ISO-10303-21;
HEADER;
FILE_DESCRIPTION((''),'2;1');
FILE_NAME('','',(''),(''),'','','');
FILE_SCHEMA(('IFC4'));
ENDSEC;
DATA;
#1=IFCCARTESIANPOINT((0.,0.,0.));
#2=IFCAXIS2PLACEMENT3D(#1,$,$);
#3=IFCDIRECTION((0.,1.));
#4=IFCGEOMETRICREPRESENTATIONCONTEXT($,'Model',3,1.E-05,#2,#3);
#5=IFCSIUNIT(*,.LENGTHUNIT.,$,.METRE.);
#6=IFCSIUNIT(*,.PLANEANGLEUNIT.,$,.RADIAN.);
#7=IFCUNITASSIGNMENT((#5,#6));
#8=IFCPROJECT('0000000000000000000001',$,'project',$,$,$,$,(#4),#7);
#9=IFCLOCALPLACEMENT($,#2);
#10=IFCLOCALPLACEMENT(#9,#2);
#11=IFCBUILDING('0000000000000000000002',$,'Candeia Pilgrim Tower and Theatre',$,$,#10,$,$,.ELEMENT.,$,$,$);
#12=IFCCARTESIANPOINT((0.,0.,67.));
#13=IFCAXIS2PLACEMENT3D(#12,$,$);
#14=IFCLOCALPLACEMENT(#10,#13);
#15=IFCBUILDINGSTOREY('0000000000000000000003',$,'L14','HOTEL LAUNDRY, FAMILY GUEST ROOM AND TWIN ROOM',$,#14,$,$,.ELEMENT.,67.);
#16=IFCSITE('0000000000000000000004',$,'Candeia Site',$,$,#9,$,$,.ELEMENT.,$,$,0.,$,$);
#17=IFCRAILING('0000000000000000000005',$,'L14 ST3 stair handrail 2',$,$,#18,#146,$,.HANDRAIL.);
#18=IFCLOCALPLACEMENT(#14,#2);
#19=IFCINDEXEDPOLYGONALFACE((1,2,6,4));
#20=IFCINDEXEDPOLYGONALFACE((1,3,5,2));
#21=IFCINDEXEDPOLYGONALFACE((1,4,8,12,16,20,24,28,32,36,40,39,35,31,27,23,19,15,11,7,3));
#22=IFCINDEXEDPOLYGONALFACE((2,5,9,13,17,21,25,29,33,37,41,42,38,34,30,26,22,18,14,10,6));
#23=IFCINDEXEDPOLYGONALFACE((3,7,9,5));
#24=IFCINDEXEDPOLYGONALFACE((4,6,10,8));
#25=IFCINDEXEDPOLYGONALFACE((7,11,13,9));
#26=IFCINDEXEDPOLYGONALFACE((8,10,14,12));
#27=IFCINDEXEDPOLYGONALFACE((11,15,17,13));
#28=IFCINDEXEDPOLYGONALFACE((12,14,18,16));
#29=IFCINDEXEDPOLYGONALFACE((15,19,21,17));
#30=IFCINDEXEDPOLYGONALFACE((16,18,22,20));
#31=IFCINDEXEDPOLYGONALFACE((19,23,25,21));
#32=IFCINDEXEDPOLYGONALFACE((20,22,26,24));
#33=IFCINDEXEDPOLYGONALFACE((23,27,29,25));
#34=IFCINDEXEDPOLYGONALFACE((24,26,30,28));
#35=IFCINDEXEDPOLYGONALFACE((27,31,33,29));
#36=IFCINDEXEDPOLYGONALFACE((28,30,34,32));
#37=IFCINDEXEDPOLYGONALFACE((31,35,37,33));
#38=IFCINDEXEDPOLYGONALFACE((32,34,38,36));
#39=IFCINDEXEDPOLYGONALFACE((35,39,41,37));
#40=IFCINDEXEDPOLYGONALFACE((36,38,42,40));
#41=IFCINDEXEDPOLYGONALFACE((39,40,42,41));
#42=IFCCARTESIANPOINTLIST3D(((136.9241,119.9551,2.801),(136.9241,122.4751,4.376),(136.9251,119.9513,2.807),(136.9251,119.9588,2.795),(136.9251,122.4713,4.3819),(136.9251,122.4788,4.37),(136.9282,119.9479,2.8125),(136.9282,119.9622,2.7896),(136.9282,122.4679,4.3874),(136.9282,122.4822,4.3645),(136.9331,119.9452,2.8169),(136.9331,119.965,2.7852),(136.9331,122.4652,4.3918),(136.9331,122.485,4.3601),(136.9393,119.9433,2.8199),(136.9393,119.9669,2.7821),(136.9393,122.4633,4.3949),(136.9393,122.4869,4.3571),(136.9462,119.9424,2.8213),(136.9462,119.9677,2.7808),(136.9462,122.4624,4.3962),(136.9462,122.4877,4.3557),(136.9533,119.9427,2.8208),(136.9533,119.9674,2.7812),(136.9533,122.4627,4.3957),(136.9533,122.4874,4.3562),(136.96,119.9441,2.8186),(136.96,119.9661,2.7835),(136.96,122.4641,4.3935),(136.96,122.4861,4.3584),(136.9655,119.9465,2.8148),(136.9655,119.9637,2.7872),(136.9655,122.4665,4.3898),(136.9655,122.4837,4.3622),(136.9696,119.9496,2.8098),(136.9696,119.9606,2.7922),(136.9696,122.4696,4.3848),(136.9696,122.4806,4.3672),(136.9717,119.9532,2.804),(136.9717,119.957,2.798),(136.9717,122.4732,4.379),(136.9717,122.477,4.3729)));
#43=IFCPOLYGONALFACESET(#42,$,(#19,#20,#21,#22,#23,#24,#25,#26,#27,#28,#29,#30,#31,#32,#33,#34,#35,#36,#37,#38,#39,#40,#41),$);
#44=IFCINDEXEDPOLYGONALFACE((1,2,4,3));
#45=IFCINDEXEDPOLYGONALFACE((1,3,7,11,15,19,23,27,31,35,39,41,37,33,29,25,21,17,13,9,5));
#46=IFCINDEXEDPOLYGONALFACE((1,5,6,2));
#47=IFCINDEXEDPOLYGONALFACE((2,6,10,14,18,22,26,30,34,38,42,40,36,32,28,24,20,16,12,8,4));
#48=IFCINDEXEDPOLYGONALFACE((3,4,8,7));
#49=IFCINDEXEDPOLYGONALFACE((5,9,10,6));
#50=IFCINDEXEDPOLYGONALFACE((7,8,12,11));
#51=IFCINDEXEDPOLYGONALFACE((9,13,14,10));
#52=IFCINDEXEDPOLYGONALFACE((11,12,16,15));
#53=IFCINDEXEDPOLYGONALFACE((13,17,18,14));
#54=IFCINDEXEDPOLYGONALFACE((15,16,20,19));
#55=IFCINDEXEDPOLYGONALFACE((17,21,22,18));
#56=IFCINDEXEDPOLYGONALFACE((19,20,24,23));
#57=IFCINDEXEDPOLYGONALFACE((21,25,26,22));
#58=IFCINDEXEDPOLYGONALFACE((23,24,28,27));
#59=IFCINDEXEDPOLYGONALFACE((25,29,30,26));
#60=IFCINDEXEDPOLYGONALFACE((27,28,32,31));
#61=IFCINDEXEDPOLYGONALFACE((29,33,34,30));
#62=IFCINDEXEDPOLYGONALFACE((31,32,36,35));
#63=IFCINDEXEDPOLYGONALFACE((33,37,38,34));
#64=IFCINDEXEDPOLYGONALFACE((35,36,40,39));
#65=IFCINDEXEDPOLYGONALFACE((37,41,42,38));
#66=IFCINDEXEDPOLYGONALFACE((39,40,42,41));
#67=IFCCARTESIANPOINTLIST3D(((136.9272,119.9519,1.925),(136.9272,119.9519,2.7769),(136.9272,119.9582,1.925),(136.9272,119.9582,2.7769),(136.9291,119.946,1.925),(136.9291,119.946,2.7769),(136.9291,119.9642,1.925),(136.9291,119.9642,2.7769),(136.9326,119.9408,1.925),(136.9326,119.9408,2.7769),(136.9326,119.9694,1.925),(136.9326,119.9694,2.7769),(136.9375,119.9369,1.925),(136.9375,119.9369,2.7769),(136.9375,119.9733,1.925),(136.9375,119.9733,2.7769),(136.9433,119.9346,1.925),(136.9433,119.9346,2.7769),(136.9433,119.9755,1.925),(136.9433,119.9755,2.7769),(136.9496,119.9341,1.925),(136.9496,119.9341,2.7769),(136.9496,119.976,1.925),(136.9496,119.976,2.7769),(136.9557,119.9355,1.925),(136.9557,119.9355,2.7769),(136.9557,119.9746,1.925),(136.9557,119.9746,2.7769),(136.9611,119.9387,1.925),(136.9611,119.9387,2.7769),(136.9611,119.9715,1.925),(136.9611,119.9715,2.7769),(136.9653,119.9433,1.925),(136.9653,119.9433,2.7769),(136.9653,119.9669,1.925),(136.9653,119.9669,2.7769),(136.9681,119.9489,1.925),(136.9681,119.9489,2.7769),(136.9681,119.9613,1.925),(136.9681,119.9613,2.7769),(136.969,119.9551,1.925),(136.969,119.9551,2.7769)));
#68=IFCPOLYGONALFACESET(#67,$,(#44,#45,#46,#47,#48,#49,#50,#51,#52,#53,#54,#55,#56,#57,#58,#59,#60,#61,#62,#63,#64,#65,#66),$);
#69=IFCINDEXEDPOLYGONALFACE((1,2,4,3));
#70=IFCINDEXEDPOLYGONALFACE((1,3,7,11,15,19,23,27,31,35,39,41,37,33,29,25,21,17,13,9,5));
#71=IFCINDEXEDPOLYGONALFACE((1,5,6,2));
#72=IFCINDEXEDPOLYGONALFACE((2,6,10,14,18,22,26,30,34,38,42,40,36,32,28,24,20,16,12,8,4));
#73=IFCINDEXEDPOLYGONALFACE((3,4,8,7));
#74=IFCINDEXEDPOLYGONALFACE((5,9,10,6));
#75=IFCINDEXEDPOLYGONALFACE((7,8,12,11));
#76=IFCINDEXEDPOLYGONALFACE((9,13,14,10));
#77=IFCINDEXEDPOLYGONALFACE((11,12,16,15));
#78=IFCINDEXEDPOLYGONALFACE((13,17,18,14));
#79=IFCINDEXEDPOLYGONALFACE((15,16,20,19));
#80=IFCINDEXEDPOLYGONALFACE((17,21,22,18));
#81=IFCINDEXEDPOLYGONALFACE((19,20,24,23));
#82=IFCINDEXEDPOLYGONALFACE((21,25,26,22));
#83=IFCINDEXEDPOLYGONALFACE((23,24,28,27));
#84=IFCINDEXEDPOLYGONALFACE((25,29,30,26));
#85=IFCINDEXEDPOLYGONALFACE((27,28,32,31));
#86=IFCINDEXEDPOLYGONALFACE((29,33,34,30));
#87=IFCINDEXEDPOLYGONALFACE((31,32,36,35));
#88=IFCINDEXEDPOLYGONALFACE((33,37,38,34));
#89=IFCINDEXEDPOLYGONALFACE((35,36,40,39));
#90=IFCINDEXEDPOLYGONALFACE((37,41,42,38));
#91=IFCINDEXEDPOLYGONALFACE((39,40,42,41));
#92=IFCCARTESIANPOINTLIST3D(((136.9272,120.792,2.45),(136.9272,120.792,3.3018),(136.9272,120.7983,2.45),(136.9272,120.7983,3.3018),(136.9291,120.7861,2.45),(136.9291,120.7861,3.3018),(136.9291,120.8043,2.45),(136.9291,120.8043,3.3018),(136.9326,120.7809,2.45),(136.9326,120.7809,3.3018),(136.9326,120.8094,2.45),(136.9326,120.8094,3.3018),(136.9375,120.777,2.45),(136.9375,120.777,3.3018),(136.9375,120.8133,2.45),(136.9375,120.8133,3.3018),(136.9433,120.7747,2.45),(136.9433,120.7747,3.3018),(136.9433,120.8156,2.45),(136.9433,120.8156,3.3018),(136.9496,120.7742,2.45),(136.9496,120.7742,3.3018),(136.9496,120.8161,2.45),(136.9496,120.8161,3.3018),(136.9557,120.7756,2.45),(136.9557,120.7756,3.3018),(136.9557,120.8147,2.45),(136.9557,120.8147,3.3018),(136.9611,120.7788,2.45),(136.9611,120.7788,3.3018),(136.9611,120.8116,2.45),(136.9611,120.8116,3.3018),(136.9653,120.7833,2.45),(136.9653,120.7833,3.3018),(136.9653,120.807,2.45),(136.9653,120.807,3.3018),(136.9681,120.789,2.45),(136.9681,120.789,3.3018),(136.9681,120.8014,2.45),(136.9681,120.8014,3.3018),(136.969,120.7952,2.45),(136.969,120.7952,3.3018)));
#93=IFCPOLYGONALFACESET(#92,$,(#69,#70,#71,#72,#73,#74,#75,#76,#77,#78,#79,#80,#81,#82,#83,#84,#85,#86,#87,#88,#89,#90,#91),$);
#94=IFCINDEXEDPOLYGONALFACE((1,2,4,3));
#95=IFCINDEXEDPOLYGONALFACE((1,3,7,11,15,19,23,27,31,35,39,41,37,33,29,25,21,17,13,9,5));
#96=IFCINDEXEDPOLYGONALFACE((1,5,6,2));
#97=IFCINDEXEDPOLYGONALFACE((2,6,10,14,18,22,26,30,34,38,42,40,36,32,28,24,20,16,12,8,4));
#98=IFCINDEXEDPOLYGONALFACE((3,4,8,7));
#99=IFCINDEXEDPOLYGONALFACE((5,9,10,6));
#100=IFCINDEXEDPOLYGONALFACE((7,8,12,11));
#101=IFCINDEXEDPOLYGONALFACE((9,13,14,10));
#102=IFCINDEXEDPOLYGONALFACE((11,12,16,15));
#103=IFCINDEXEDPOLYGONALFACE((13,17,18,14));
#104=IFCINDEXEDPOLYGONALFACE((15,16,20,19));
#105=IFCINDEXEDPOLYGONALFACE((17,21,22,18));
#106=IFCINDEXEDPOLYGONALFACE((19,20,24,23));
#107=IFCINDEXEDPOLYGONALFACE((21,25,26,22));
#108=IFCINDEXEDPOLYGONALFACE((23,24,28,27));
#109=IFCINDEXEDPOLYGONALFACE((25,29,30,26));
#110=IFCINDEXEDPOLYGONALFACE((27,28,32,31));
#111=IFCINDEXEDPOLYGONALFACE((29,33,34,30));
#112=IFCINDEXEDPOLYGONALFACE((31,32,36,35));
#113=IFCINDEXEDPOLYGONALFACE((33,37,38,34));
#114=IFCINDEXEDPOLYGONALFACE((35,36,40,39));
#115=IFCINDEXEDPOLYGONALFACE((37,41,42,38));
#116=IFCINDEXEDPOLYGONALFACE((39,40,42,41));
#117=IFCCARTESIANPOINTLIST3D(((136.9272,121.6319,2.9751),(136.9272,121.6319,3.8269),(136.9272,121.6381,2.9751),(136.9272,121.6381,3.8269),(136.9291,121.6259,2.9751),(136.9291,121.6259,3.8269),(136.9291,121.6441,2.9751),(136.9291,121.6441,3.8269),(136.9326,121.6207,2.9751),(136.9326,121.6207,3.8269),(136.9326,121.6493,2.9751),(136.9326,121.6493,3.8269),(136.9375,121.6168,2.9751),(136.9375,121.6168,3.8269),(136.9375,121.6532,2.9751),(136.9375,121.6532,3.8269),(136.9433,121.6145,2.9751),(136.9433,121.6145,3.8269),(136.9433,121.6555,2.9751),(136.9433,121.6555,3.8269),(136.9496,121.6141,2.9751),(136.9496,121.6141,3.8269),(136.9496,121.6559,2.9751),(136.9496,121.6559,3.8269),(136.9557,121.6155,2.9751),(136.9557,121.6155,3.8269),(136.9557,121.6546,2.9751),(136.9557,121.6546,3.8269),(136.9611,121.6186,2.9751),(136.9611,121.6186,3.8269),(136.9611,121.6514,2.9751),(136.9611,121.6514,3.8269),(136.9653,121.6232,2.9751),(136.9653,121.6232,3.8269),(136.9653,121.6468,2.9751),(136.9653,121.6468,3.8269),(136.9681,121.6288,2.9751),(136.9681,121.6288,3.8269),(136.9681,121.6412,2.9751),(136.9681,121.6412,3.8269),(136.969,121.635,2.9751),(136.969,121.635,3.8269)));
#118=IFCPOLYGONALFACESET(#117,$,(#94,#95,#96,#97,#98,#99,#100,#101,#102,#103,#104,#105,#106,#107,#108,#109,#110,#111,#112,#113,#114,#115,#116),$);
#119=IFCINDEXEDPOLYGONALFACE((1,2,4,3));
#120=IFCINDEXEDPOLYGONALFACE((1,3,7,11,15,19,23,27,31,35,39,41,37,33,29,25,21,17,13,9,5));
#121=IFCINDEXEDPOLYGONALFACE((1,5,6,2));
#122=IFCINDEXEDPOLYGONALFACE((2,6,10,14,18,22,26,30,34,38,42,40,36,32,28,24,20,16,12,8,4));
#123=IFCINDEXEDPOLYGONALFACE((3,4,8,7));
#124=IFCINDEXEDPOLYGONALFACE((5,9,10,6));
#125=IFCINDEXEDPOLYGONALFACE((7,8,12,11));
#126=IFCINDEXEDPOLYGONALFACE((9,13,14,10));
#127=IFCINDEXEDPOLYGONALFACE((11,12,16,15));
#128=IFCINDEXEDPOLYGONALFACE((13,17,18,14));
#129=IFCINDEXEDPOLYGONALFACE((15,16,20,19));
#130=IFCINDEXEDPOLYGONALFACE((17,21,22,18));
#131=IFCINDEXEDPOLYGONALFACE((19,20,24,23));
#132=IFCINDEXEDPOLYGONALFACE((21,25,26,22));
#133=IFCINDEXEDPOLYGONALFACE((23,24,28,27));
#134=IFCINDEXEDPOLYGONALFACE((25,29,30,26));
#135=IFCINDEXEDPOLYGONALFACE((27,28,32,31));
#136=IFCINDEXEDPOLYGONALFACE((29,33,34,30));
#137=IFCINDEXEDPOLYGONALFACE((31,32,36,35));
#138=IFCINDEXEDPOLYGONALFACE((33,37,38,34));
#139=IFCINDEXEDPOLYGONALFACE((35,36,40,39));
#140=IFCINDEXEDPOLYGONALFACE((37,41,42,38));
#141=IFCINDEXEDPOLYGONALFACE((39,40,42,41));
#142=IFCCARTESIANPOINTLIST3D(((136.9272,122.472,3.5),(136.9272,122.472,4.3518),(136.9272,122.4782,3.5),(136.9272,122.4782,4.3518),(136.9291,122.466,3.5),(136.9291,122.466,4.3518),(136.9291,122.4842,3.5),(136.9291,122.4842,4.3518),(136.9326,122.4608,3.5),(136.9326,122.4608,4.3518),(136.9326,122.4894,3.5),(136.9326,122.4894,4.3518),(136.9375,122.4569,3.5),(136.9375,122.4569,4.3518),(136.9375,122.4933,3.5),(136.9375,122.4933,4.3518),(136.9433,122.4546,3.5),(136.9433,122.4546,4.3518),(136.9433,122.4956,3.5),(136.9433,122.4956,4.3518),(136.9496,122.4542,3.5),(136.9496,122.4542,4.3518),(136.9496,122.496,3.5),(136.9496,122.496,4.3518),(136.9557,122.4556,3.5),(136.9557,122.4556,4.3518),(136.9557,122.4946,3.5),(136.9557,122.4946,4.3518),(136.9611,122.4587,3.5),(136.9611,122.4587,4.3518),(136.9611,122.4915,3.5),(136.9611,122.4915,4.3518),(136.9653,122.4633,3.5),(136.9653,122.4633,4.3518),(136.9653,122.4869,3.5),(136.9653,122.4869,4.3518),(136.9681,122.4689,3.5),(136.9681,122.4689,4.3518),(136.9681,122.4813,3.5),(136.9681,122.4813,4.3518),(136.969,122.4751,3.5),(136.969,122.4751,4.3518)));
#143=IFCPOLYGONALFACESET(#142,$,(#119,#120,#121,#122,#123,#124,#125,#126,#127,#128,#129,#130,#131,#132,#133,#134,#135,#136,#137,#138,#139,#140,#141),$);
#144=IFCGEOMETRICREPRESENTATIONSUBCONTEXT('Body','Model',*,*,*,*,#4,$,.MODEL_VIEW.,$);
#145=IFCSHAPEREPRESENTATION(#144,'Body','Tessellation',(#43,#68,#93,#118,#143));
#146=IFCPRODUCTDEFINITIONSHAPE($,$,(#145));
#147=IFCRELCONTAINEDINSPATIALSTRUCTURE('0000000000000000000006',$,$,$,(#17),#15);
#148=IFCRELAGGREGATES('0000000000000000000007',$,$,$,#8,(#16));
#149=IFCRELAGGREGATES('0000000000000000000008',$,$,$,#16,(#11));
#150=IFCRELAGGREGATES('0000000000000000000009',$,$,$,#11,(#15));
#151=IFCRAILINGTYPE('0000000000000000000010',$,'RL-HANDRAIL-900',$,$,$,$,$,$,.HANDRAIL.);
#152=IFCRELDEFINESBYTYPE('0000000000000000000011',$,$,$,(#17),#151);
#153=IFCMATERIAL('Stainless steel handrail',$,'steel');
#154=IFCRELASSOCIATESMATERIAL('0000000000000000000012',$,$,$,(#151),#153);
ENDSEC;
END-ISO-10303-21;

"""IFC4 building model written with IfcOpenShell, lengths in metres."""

from ifc_helpers import new_model, si_unit, direction, frame, origin, origin_2d, place, context, subcontext, project, spatial, circle, extrude, material, type_object, element, save


model = new_model("IFC4")

# Units and contexts
model_context = context("Model", 3, precision=1e-05, world=origin(), true_north=direction((0.0, 1.0)))
body_context = subcontext(model_context, "Body", "Model", "MODEL_VIEW")
ifc_project = project(units=[si_unit("LENGTHUNIT", "METRE"), si_unit("PLANEANGLEUNIT", "RADIAN")], contexts=[model_context])

# Site, building, storey
site_placement = place(None, origin())
site = spatial("IfcSite", under=ifc_project, at=site_placement, Name="Candeia Site", CompositionType="ELEMENT", RefElevation=0.0)
building_placement = place(site_placement, origin())
building = spatial("IfcBuilding", under=site, at=building_placement, Name="Candeia Pilgrim Tower and Theatre", CompositionType="ELEMENT")
storey_placement = place(building_placement, frame((0.0, 0.0, 67.0)))
storey = spatial("IfcBuildingStorey", under=building, at=storey_placement, Name="L14", Description="HOTEL LAUNDRY, FAMILY GUEST ROOM AND TWIN ROOM", CompositionType="ELEMENT", Elevation=67.0)

# Railing
ifc_material_1 = material(Name="Stainless steel handrail", Category="steel")
railing_type_1 = type_object("IfcRailingType", Name="RL-HANDRAIL-900", PredefinedType="HANDRAIL", material=ifc_material_1)
railing_1_placement = place(storey_placement, frame((136.948, 119.9551, 1.925)))
element("IfcRailing", 1, at=railing_1_placement, inside=storey, type_object=railing_type_1, Name="L14 ST3 stair handrail 2", PredefinedType="HANDRAIL", context=body_context, shape_type="SweptSolid", body=[
    extrude(circle(Radius=0.0239, at=origin_2d()), frame((0.0, 0.0, 0.876), z_axis=(0.0, 0.848008, 0.529984), x_axis=(-1.0, 0.0, 0.0)), (0.0, 0.0, 1.0), 2.9717),
    extrude(circle(Radius=0.021, at=origin_2d()), origin(), (0.0, 0.0, 1.0), 0.8518),
    extrude(circle(Radius=0.021, at=origin_2d()), frame((0.0, 0.8401, 0.5249)), (0.0, 0.0, 1.0), 0.8518),
    extrude(circle(Radius=0.021, at=origin_2d()), frame((0.0, 1.6799, 1.05)), (0.0, 0.0, 1.0), 0.8518),
    extrude(circle(Radius=0.021, at=origin_2d()), frame((0.0, 2.52, 1.575)), (0.0, 0.0, 1.0), 0.8518),
])

save(model, "model.ifc")
